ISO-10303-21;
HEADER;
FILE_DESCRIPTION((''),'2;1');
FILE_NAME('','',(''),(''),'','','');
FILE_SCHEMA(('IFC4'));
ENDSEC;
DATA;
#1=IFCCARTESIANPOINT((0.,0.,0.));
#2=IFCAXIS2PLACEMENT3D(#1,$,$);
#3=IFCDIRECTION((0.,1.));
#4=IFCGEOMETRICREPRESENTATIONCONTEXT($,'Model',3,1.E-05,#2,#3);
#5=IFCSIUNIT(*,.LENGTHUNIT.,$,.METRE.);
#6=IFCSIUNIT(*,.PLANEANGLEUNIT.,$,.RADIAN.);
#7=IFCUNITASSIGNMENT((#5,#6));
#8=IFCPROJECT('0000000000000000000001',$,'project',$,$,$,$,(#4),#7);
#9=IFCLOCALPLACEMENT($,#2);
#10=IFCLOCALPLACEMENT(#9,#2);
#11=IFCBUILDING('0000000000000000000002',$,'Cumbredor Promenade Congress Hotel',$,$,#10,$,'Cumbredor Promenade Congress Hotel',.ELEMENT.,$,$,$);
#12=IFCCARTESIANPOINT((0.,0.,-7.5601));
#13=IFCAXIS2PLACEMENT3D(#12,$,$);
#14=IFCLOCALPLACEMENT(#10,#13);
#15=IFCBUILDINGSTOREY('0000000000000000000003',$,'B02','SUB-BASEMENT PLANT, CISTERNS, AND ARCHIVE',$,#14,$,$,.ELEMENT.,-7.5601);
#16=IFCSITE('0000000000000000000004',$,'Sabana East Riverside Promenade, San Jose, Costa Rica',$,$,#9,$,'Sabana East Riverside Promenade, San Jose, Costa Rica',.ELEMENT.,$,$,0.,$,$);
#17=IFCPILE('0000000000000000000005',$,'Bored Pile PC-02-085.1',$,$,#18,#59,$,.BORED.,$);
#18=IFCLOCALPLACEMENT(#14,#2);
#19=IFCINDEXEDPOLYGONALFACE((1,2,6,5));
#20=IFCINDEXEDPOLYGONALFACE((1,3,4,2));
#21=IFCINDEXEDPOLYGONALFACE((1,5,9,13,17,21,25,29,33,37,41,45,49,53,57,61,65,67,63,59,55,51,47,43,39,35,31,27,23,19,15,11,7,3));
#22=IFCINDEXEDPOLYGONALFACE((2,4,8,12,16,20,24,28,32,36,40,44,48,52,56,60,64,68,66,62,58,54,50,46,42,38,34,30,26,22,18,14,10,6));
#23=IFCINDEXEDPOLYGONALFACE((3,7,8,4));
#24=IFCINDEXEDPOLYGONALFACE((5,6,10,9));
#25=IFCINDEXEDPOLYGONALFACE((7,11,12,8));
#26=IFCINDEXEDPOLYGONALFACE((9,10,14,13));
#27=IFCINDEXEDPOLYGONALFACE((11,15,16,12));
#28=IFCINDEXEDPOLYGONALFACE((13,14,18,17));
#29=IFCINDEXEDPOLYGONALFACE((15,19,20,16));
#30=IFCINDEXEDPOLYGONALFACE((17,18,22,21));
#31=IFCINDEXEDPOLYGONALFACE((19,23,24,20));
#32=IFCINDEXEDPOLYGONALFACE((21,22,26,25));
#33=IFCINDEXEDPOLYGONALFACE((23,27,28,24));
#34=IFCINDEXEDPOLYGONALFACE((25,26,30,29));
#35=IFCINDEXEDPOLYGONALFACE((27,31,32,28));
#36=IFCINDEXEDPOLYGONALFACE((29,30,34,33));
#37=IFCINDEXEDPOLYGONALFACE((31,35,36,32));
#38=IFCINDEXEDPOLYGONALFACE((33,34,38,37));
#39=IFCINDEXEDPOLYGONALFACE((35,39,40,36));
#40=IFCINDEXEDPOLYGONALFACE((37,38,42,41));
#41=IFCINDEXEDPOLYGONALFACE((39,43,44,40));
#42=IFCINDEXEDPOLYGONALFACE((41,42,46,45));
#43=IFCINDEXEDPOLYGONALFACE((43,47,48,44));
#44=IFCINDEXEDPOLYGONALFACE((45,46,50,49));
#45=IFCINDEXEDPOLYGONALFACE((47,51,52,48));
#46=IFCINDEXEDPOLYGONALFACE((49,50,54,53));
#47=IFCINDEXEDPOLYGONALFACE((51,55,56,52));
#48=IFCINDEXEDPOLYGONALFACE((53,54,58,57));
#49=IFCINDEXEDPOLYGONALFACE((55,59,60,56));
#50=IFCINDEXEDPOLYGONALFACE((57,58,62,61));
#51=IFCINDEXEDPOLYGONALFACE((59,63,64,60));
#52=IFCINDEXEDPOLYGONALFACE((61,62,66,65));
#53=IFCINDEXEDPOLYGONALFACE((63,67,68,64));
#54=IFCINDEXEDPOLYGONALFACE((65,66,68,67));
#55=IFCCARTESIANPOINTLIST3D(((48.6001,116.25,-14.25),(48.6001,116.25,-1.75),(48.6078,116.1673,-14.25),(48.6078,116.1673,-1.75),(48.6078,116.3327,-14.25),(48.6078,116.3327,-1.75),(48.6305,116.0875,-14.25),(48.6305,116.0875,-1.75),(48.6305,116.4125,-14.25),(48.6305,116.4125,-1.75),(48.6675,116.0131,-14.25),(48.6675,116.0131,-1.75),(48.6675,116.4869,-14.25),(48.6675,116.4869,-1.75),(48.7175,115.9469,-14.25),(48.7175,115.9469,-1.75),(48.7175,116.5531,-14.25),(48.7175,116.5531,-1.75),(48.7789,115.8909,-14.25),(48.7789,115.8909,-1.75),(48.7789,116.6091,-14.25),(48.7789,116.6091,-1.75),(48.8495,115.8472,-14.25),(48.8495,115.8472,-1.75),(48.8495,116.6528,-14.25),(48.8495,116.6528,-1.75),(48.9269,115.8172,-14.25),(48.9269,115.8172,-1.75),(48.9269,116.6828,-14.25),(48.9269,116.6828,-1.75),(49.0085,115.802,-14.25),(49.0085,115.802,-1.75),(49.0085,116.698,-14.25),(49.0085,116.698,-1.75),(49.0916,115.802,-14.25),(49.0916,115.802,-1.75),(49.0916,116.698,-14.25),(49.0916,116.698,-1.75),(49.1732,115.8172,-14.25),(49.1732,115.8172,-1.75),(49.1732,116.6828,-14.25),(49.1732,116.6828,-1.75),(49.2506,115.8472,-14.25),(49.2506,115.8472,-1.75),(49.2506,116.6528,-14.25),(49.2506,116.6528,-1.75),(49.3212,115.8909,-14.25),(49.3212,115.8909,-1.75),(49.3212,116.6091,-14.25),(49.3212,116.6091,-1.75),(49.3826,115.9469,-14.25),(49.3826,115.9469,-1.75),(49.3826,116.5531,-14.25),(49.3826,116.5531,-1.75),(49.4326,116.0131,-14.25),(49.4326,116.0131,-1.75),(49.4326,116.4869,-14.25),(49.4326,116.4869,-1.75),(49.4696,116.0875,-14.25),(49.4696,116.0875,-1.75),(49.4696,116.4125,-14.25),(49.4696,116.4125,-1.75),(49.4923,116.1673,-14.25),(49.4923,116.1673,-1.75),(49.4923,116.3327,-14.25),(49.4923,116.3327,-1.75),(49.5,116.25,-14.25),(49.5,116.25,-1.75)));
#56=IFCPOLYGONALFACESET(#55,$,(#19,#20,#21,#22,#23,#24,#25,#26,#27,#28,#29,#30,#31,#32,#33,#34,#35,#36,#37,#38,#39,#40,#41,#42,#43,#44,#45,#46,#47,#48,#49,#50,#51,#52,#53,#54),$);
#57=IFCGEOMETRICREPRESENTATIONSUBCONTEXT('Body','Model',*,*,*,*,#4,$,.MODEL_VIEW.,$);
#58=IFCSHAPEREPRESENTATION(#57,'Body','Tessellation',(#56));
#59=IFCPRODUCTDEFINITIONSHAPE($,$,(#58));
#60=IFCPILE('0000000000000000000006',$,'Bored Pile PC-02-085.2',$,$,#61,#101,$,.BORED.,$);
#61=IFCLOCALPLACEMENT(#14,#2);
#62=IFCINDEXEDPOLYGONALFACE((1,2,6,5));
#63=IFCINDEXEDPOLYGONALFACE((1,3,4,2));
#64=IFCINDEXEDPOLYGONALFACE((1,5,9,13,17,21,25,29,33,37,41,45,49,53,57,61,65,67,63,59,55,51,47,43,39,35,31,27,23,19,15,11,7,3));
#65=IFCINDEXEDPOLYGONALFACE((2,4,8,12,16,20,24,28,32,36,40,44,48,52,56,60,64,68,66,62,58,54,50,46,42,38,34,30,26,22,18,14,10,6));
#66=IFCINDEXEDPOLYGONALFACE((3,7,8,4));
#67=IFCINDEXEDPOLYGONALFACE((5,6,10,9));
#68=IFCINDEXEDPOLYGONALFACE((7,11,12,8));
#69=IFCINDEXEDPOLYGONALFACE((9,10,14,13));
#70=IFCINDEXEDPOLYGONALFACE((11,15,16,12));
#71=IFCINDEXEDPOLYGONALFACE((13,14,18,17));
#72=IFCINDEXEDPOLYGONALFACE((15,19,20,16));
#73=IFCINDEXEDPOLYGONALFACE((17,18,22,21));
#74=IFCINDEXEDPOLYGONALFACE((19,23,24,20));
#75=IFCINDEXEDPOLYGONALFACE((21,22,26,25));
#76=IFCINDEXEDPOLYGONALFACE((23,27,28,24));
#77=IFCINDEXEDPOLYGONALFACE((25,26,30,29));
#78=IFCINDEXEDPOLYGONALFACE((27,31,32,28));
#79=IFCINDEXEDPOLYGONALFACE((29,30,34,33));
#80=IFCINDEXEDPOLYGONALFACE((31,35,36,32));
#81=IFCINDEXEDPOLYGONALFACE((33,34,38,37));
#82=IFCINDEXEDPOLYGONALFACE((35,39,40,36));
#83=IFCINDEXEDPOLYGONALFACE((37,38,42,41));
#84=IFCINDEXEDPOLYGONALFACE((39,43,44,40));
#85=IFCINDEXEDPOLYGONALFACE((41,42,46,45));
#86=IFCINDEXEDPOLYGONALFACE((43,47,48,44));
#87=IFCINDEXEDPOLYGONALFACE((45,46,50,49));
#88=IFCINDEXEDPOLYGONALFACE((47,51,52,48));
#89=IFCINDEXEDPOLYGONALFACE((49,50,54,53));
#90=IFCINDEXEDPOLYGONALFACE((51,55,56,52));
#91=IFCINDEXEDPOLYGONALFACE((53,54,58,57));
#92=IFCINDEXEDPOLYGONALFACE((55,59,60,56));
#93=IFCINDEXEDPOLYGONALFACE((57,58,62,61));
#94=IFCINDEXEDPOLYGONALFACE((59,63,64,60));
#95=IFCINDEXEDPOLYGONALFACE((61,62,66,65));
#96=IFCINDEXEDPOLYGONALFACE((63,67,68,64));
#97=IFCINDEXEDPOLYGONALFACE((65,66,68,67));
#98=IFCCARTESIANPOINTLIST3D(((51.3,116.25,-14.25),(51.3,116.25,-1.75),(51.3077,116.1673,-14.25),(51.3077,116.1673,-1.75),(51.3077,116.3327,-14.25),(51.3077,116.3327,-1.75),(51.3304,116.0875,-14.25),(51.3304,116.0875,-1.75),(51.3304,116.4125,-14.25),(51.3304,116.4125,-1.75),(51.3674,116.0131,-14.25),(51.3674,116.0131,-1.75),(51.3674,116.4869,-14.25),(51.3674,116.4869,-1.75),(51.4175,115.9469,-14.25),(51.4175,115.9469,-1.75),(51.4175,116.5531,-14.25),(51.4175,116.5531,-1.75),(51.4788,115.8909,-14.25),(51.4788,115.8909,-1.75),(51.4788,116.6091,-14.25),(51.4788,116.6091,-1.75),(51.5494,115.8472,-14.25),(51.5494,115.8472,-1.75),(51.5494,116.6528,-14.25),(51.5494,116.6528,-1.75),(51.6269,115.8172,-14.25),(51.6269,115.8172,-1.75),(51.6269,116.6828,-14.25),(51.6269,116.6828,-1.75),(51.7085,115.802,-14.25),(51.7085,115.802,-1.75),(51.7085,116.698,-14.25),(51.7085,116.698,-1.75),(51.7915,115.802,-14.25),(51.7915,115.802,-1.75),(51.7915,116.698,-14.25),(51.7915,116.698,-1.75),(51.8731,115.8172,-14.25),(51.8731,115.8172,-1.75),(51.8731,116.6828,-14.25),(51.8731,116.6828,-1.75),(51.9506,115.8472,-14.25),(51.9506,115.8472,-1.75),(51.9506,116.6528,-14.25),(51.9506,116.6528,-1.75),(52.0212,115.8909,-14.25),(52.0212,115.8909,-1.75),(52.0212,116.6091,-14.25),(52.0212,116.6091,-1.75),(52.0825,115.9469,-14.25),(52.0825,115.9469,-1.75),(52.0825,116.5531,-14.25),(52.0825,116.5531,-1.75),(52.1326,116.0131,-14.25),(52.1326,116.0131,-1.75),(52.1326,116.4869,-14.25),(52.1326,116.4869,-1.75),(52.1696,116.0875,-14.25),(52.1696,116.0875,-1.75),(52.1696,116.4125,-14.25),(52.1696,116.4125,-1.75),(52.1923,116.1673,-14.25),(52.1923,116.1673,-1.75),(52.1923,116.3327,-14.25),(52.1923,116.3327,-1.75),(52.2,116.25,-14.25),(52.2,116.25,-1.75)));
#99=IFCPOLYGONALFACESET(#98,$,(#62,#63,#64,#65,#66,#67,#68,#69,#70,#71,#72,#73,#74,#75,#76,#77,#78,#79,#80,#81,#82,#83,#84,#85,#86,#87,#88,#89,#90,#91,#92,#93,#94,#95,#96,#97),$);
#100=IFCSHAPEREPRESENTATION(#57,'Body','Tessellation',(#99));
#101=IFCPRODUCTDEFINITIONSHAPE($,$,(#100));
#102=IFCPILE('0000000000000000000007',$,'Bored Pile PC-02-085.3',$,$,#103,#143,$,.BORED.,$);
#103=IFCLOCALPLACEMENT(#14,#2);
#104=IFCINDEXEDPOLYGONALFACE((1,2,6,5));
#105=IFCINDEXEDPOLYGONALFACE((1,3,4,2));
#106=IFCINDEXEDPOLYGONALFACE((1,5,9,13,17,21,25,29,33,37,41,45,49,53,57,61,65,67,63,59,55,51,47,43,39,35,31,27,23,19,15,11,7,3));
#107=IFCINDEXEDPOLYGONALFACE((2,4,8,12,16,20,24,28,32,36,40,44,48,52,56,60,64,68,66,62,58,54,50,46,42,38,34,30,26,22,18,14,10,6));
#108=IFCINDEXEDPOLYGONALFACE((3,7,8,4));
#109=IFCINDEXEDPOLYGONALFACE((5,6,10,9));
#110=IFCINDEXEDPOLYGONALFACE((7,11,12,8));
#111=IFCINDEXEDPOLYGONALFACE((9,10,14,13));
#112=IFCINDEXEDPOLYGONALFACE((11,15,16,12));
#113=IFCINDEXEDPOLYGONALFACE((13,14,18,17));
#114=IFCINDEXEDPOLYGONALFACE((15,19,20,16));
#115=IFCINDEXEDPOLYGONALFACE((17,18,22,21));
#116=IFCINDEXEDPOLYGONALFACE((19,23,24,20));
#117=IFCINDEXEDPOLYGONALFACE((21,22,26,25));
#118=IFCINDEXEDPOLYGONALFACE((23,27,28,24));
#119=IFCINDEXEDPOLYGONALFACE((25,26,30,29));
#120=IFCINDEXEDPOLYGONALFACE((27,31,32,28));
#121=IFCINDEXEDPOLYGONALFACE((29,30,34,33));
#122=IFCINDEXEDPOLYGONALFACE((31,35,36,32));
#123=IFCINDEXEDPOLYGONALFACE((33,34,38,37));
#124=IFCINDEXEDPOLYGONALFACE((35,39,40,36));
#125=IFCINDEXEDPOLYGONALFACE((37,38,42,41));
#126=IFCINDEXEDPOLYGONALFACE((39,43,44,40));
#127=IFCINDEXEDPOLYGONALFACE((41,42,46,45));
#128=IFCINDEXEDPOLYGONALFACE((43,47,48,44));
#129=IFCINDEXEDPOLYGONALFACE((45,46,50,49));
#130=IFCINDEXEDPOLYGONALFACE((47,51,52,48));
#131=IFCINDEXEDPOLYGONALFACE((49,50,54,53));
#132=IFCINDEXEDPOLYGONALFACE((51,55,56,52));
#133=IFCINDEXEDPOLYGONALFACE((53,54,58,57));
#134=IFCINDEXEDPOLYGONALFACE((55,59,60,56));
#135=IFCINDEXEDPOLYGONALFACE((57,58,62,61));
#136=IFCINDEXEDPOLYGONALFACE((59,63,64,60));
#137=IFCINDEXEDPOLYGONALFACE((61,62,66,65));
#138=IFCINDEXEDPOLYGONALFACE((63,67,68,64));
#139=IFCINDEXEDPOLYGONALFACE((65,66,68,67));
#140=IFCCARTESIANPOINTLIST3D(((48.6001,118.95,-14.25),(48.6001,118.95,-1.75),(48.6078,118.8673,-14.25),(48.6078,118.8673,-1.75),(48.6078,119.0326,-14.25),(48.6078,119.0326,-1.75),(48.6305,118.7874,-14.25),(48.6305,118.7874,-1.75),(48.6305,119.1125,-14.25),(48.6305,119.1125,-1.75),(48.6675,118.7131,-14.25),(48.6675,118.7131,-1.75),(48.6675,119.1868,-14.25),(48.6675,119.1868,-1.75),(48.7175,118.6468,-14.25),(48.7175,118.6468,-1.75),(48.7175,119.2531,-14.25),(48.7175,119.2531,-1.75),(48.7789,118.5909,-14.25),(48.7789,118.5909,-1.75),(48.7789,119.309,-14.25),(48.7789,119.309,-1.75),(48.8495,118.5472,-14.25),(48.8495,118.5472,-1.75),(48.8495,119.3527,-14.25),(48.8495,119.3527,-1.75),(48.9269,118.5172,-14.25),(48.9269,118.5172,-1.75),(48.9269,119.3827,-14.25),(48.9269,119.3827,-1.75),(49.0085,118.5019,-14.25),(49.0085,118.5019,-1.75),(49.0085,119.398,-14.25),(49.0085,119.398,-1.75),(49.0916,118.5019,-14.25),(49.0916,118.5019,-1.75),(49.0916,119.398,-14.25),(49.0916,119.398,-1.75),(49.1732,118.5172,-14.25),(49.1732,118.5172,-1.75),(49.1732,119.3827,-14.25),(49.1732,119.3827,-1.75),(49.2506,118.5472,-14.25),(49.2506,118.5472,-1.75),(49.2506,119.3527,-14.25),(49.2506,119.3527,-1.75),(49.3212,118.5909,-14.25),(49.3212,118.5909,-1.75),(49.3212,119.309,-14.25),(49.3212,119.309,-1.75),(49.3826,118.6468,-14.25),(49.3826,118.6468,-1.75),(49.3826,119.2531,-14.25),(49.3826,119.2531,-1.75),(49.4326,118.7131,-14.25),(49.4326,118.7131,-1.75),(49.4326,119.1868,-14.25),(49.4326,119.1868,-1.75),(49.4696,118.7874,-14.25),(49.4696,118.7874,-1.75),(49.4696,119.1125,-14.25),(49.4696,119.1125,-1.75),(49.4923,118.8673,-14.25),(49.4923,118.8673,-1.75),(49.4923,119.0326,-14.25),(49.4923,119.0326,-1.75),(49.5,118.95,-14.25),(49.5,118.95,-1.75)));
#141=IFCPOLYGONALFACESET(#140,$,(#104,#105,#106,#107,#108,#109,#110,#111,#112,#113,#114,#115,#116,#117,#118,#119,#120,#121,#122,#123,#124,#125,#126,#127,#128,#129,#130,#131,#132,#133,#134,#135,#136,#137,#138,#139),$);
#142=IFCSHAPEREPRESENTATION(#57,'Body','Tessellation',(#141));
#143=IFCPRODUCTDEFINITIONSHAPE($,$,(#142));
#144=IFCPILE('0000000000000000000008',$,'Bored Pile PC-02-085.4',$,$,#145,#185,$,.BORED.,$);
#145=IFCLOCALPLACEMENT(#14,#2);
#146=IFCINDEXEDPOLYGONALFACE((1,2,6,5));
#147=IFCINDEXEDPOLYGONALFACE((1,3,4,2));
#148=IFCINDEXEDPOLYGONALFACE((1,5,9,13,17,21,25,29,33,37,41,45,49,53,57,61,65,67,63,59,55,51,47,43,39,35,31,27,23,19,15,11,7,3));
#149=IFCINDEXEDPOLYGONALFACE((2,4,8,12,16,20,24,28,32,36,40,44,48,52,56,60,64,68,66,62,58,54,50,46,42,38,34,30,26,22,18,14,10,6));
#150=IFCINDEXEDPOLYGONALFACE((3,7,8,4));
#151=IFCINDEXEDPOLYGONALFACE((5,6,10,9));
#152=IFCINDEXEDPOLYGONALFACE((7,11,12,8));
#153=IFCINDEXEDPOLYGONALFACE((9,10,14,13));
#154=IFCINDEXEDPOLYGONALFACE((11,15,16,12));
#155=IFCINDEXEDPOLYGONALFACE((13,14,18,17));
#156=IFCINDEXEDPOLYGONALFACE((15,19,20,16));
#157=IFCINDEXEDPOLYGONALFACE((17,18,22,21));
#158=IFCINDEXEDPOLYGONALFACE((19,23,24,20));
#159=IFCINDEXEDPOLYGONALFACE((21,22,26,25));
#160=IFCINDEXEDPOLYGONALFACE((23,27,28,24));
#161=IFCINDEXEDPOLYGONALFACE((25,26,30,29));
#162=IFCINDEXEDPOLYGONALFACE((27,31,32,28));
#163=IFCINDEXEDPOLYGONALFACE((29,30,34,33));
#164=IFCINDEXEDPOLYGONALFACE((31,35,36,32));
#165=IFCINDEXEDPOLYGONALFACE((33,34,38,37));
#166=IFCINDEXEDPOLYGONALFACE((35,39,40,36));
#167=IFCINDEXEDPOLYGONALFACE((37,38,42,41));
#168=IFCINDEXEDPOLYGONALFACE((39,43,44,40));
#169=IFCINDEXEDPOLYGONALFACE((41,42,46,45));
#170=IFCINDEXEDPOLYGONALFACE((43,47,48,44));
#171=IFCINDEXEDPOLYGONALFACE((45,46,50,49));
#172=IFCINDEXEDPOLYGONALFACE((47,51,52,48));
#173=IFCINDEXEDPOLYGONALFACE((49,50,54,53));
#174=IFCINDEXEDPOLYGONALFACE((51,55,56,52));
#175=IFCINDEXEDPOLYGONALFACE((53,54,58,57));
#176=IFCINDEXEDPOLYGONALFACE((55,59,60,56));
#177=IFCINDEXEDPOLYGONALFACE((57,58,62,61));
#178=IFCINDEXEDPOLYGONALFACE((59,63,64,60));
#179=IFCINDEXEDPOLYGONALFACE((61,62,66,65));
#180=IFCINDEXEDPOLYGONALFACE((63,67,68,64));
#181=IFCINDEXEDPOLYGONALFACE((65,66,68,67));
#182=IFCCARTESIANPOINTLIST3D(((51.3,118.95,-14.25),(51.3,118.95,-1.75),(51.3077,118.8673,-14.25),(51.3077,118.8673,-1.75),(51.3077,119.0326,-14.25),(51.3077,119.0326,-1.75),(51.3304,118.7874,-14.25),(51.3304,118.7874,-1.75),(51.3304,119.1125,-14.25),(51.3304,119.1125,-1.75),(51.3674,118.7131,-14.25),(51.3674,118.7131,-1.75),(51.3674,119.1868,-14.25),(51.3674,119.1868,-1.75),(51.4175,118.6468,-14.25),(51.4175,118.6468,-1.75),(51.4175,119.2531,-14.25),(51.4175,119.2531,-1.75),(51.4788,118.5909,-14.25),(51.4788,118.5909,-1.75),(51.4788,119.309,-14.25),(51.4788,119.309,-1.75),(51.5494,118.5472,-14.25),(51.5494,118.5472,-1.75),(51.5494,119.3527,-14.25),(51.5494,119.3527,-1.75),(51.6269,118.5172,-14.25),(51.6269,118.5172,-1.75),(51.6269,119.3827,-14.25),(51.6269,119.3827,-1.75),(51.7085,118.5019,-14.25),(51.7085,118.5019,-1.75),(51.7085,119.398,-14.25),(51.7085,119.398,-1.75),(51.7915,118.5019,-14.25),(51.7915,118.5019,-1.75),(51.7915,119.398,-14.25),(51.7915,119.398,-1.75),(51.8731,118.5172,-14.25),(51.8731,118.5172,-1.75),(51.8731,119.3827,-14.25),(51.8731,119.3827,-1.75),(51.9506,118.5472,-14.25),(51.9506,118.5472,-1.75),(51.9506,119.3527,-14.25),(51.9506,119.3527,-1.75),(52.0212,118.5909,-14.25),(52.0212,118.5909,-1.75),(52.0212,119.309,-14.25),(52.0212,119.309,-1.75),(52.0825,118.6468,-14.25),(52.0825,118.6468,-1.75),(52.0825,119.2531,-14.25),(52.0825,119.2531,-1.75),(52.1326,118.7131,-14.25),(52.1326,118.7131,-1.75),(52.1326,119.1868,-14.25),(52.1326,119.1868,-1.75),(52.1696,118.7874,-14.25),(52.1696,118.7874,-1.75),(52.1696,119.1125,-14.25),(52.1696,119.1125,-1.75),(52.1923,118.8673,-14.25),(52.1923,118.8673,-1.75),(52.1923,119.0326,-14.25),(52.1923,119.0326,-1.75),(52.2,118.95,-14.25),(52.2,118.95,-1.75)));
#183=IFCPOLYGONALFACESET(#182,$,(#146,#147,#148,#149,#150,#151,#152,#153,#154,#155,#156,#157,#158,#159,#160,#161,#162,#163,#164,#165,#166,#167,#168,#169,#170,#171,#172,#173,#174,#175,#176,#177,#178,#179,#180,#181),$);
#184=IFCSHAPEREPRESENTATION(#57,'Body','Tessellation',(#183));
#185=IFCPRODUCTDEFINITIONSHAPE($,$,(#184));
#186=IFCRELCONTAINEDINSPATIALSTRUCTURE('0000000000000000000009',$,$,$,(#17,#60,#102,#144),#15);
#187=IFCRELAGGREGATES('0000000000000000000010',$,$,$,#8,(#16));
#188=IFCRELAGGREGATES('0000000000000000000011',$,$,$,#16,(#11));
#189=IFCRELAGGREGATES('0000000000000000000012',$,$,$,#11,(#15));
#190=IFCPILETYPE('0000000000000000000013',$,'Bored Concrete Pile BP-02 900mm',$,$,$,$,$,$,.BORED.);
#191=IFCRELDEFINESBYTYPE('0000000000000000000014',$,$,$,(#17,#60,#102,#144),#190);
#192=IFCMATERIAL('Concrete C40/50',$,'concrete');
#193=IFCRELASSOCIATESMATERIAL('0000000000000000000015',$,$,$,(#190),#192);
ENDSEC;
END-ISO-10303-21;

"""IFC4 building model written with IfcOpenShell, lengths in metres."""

from ifc_helpers import new_model, si_unit, direction, frame, origin, origin_2d, place, context, subcontext, project, spatial, circle, extrude, material, material_profile, profile_set, type_object, element, save


model = new_model("IFC4")

# Units and contexts
model_context = context("Model", 3, precision=1e-05, world=origin(), true_north=direction((0.0, 1.0)))
body_context = subcontext(model_context, "Body", "Model", "MODEL_VIEW")
ifc_project = project(units=[si_unit("LENGTHUNIT", "METRE"), si_unit("PLANEANGLEUNIT", "RADIAN")], contexts=[model_context])

# Site, building, storey
site_placement = place(None, origin())
site = spatial("IfcSite", under=ifc_project, at=site_placement, Name="Sabana East Riverside Promenade, San Jose, Costa Rica", LongName="Sabana East Riverside Promenade, San Jose, Costa Rica", CompositionType="ELEMENT", RefElevation=0.0)
building_placement = place(site_placement, origin())
building = spatial("IfcBuilding", under=site, at=building_placement, Name="Cumbredor Promenade Congress Hotel", LongName="Cumbredor Promenade Congress Hotel", CompositionType="ELEMENT")
storey_placement = place(building_placement, frame((0.0, 0.0, -7.5601)))
storey = spatial("IfcBuildingStorey", under=building, at=storey_placement, Name="B02", Description="SUB-BASEMENT PLANT, CISTERNS, AND ARCHIVE", CompositionType="ELEMENT", Elevation=-7.5601)

# Piles
ifc_material_1 = material(Name="Concrete C40/50", Category="concrete")
ifc_material_profile_1 = material_profile(ifc_material_1, circle(Radius=0.45, at=origin_2d()), Name="PILE D900")
ifc_profile_set_1 = profile_set([ifc_material_profile_1], Name="Concrete C40/50")
pile_type = type_object("IfcPileType", Name="Bored Concrete Pile BP-02 900mm", PredefinedType="BORED", material=ifc_profile_set_1)
for number, where, z_axis, x_axis, name in (
    (1, (49.05, 116.25, -1.75), (0.0, 0.0, -1.0), (1.0, 0.0, 0.0), "Bored Pile PC-02-085.1"),
    (2, (51.75, 116.25, -1.75), (0.0, 0.0, -1.0), (1.0, 0.0, 0.0), "Bored Pile PC-02-085.2"),
    (3, (49.05, 118.95, -1.75), (0.0, 0.0, -1.0), (1.0, 0.0, 0.0), "Bored Pile PC-02-085.3"),
    (4, (51.75, 118.95, -1.75), (0.0, 0.0, -1.0), (1.0, 0.0, 0.0), "Bored Pile PC-02-085.4"),
):
    element("IfcPile", number, at=place(storey_placement, frame(where, z_axis=z_axis, x_axis=x_axis)), inside=storey, type_object=pile_type, Name=name, PredefinedType="BORED", context=body_context, shape_type="SweptSolid", body=[
        extrude(circle(Radius=0.45, at=origin_2d()), origin(), (0.0, 0.0, 1.0), 12.5),
    ])

save(model, "model.ifc")
